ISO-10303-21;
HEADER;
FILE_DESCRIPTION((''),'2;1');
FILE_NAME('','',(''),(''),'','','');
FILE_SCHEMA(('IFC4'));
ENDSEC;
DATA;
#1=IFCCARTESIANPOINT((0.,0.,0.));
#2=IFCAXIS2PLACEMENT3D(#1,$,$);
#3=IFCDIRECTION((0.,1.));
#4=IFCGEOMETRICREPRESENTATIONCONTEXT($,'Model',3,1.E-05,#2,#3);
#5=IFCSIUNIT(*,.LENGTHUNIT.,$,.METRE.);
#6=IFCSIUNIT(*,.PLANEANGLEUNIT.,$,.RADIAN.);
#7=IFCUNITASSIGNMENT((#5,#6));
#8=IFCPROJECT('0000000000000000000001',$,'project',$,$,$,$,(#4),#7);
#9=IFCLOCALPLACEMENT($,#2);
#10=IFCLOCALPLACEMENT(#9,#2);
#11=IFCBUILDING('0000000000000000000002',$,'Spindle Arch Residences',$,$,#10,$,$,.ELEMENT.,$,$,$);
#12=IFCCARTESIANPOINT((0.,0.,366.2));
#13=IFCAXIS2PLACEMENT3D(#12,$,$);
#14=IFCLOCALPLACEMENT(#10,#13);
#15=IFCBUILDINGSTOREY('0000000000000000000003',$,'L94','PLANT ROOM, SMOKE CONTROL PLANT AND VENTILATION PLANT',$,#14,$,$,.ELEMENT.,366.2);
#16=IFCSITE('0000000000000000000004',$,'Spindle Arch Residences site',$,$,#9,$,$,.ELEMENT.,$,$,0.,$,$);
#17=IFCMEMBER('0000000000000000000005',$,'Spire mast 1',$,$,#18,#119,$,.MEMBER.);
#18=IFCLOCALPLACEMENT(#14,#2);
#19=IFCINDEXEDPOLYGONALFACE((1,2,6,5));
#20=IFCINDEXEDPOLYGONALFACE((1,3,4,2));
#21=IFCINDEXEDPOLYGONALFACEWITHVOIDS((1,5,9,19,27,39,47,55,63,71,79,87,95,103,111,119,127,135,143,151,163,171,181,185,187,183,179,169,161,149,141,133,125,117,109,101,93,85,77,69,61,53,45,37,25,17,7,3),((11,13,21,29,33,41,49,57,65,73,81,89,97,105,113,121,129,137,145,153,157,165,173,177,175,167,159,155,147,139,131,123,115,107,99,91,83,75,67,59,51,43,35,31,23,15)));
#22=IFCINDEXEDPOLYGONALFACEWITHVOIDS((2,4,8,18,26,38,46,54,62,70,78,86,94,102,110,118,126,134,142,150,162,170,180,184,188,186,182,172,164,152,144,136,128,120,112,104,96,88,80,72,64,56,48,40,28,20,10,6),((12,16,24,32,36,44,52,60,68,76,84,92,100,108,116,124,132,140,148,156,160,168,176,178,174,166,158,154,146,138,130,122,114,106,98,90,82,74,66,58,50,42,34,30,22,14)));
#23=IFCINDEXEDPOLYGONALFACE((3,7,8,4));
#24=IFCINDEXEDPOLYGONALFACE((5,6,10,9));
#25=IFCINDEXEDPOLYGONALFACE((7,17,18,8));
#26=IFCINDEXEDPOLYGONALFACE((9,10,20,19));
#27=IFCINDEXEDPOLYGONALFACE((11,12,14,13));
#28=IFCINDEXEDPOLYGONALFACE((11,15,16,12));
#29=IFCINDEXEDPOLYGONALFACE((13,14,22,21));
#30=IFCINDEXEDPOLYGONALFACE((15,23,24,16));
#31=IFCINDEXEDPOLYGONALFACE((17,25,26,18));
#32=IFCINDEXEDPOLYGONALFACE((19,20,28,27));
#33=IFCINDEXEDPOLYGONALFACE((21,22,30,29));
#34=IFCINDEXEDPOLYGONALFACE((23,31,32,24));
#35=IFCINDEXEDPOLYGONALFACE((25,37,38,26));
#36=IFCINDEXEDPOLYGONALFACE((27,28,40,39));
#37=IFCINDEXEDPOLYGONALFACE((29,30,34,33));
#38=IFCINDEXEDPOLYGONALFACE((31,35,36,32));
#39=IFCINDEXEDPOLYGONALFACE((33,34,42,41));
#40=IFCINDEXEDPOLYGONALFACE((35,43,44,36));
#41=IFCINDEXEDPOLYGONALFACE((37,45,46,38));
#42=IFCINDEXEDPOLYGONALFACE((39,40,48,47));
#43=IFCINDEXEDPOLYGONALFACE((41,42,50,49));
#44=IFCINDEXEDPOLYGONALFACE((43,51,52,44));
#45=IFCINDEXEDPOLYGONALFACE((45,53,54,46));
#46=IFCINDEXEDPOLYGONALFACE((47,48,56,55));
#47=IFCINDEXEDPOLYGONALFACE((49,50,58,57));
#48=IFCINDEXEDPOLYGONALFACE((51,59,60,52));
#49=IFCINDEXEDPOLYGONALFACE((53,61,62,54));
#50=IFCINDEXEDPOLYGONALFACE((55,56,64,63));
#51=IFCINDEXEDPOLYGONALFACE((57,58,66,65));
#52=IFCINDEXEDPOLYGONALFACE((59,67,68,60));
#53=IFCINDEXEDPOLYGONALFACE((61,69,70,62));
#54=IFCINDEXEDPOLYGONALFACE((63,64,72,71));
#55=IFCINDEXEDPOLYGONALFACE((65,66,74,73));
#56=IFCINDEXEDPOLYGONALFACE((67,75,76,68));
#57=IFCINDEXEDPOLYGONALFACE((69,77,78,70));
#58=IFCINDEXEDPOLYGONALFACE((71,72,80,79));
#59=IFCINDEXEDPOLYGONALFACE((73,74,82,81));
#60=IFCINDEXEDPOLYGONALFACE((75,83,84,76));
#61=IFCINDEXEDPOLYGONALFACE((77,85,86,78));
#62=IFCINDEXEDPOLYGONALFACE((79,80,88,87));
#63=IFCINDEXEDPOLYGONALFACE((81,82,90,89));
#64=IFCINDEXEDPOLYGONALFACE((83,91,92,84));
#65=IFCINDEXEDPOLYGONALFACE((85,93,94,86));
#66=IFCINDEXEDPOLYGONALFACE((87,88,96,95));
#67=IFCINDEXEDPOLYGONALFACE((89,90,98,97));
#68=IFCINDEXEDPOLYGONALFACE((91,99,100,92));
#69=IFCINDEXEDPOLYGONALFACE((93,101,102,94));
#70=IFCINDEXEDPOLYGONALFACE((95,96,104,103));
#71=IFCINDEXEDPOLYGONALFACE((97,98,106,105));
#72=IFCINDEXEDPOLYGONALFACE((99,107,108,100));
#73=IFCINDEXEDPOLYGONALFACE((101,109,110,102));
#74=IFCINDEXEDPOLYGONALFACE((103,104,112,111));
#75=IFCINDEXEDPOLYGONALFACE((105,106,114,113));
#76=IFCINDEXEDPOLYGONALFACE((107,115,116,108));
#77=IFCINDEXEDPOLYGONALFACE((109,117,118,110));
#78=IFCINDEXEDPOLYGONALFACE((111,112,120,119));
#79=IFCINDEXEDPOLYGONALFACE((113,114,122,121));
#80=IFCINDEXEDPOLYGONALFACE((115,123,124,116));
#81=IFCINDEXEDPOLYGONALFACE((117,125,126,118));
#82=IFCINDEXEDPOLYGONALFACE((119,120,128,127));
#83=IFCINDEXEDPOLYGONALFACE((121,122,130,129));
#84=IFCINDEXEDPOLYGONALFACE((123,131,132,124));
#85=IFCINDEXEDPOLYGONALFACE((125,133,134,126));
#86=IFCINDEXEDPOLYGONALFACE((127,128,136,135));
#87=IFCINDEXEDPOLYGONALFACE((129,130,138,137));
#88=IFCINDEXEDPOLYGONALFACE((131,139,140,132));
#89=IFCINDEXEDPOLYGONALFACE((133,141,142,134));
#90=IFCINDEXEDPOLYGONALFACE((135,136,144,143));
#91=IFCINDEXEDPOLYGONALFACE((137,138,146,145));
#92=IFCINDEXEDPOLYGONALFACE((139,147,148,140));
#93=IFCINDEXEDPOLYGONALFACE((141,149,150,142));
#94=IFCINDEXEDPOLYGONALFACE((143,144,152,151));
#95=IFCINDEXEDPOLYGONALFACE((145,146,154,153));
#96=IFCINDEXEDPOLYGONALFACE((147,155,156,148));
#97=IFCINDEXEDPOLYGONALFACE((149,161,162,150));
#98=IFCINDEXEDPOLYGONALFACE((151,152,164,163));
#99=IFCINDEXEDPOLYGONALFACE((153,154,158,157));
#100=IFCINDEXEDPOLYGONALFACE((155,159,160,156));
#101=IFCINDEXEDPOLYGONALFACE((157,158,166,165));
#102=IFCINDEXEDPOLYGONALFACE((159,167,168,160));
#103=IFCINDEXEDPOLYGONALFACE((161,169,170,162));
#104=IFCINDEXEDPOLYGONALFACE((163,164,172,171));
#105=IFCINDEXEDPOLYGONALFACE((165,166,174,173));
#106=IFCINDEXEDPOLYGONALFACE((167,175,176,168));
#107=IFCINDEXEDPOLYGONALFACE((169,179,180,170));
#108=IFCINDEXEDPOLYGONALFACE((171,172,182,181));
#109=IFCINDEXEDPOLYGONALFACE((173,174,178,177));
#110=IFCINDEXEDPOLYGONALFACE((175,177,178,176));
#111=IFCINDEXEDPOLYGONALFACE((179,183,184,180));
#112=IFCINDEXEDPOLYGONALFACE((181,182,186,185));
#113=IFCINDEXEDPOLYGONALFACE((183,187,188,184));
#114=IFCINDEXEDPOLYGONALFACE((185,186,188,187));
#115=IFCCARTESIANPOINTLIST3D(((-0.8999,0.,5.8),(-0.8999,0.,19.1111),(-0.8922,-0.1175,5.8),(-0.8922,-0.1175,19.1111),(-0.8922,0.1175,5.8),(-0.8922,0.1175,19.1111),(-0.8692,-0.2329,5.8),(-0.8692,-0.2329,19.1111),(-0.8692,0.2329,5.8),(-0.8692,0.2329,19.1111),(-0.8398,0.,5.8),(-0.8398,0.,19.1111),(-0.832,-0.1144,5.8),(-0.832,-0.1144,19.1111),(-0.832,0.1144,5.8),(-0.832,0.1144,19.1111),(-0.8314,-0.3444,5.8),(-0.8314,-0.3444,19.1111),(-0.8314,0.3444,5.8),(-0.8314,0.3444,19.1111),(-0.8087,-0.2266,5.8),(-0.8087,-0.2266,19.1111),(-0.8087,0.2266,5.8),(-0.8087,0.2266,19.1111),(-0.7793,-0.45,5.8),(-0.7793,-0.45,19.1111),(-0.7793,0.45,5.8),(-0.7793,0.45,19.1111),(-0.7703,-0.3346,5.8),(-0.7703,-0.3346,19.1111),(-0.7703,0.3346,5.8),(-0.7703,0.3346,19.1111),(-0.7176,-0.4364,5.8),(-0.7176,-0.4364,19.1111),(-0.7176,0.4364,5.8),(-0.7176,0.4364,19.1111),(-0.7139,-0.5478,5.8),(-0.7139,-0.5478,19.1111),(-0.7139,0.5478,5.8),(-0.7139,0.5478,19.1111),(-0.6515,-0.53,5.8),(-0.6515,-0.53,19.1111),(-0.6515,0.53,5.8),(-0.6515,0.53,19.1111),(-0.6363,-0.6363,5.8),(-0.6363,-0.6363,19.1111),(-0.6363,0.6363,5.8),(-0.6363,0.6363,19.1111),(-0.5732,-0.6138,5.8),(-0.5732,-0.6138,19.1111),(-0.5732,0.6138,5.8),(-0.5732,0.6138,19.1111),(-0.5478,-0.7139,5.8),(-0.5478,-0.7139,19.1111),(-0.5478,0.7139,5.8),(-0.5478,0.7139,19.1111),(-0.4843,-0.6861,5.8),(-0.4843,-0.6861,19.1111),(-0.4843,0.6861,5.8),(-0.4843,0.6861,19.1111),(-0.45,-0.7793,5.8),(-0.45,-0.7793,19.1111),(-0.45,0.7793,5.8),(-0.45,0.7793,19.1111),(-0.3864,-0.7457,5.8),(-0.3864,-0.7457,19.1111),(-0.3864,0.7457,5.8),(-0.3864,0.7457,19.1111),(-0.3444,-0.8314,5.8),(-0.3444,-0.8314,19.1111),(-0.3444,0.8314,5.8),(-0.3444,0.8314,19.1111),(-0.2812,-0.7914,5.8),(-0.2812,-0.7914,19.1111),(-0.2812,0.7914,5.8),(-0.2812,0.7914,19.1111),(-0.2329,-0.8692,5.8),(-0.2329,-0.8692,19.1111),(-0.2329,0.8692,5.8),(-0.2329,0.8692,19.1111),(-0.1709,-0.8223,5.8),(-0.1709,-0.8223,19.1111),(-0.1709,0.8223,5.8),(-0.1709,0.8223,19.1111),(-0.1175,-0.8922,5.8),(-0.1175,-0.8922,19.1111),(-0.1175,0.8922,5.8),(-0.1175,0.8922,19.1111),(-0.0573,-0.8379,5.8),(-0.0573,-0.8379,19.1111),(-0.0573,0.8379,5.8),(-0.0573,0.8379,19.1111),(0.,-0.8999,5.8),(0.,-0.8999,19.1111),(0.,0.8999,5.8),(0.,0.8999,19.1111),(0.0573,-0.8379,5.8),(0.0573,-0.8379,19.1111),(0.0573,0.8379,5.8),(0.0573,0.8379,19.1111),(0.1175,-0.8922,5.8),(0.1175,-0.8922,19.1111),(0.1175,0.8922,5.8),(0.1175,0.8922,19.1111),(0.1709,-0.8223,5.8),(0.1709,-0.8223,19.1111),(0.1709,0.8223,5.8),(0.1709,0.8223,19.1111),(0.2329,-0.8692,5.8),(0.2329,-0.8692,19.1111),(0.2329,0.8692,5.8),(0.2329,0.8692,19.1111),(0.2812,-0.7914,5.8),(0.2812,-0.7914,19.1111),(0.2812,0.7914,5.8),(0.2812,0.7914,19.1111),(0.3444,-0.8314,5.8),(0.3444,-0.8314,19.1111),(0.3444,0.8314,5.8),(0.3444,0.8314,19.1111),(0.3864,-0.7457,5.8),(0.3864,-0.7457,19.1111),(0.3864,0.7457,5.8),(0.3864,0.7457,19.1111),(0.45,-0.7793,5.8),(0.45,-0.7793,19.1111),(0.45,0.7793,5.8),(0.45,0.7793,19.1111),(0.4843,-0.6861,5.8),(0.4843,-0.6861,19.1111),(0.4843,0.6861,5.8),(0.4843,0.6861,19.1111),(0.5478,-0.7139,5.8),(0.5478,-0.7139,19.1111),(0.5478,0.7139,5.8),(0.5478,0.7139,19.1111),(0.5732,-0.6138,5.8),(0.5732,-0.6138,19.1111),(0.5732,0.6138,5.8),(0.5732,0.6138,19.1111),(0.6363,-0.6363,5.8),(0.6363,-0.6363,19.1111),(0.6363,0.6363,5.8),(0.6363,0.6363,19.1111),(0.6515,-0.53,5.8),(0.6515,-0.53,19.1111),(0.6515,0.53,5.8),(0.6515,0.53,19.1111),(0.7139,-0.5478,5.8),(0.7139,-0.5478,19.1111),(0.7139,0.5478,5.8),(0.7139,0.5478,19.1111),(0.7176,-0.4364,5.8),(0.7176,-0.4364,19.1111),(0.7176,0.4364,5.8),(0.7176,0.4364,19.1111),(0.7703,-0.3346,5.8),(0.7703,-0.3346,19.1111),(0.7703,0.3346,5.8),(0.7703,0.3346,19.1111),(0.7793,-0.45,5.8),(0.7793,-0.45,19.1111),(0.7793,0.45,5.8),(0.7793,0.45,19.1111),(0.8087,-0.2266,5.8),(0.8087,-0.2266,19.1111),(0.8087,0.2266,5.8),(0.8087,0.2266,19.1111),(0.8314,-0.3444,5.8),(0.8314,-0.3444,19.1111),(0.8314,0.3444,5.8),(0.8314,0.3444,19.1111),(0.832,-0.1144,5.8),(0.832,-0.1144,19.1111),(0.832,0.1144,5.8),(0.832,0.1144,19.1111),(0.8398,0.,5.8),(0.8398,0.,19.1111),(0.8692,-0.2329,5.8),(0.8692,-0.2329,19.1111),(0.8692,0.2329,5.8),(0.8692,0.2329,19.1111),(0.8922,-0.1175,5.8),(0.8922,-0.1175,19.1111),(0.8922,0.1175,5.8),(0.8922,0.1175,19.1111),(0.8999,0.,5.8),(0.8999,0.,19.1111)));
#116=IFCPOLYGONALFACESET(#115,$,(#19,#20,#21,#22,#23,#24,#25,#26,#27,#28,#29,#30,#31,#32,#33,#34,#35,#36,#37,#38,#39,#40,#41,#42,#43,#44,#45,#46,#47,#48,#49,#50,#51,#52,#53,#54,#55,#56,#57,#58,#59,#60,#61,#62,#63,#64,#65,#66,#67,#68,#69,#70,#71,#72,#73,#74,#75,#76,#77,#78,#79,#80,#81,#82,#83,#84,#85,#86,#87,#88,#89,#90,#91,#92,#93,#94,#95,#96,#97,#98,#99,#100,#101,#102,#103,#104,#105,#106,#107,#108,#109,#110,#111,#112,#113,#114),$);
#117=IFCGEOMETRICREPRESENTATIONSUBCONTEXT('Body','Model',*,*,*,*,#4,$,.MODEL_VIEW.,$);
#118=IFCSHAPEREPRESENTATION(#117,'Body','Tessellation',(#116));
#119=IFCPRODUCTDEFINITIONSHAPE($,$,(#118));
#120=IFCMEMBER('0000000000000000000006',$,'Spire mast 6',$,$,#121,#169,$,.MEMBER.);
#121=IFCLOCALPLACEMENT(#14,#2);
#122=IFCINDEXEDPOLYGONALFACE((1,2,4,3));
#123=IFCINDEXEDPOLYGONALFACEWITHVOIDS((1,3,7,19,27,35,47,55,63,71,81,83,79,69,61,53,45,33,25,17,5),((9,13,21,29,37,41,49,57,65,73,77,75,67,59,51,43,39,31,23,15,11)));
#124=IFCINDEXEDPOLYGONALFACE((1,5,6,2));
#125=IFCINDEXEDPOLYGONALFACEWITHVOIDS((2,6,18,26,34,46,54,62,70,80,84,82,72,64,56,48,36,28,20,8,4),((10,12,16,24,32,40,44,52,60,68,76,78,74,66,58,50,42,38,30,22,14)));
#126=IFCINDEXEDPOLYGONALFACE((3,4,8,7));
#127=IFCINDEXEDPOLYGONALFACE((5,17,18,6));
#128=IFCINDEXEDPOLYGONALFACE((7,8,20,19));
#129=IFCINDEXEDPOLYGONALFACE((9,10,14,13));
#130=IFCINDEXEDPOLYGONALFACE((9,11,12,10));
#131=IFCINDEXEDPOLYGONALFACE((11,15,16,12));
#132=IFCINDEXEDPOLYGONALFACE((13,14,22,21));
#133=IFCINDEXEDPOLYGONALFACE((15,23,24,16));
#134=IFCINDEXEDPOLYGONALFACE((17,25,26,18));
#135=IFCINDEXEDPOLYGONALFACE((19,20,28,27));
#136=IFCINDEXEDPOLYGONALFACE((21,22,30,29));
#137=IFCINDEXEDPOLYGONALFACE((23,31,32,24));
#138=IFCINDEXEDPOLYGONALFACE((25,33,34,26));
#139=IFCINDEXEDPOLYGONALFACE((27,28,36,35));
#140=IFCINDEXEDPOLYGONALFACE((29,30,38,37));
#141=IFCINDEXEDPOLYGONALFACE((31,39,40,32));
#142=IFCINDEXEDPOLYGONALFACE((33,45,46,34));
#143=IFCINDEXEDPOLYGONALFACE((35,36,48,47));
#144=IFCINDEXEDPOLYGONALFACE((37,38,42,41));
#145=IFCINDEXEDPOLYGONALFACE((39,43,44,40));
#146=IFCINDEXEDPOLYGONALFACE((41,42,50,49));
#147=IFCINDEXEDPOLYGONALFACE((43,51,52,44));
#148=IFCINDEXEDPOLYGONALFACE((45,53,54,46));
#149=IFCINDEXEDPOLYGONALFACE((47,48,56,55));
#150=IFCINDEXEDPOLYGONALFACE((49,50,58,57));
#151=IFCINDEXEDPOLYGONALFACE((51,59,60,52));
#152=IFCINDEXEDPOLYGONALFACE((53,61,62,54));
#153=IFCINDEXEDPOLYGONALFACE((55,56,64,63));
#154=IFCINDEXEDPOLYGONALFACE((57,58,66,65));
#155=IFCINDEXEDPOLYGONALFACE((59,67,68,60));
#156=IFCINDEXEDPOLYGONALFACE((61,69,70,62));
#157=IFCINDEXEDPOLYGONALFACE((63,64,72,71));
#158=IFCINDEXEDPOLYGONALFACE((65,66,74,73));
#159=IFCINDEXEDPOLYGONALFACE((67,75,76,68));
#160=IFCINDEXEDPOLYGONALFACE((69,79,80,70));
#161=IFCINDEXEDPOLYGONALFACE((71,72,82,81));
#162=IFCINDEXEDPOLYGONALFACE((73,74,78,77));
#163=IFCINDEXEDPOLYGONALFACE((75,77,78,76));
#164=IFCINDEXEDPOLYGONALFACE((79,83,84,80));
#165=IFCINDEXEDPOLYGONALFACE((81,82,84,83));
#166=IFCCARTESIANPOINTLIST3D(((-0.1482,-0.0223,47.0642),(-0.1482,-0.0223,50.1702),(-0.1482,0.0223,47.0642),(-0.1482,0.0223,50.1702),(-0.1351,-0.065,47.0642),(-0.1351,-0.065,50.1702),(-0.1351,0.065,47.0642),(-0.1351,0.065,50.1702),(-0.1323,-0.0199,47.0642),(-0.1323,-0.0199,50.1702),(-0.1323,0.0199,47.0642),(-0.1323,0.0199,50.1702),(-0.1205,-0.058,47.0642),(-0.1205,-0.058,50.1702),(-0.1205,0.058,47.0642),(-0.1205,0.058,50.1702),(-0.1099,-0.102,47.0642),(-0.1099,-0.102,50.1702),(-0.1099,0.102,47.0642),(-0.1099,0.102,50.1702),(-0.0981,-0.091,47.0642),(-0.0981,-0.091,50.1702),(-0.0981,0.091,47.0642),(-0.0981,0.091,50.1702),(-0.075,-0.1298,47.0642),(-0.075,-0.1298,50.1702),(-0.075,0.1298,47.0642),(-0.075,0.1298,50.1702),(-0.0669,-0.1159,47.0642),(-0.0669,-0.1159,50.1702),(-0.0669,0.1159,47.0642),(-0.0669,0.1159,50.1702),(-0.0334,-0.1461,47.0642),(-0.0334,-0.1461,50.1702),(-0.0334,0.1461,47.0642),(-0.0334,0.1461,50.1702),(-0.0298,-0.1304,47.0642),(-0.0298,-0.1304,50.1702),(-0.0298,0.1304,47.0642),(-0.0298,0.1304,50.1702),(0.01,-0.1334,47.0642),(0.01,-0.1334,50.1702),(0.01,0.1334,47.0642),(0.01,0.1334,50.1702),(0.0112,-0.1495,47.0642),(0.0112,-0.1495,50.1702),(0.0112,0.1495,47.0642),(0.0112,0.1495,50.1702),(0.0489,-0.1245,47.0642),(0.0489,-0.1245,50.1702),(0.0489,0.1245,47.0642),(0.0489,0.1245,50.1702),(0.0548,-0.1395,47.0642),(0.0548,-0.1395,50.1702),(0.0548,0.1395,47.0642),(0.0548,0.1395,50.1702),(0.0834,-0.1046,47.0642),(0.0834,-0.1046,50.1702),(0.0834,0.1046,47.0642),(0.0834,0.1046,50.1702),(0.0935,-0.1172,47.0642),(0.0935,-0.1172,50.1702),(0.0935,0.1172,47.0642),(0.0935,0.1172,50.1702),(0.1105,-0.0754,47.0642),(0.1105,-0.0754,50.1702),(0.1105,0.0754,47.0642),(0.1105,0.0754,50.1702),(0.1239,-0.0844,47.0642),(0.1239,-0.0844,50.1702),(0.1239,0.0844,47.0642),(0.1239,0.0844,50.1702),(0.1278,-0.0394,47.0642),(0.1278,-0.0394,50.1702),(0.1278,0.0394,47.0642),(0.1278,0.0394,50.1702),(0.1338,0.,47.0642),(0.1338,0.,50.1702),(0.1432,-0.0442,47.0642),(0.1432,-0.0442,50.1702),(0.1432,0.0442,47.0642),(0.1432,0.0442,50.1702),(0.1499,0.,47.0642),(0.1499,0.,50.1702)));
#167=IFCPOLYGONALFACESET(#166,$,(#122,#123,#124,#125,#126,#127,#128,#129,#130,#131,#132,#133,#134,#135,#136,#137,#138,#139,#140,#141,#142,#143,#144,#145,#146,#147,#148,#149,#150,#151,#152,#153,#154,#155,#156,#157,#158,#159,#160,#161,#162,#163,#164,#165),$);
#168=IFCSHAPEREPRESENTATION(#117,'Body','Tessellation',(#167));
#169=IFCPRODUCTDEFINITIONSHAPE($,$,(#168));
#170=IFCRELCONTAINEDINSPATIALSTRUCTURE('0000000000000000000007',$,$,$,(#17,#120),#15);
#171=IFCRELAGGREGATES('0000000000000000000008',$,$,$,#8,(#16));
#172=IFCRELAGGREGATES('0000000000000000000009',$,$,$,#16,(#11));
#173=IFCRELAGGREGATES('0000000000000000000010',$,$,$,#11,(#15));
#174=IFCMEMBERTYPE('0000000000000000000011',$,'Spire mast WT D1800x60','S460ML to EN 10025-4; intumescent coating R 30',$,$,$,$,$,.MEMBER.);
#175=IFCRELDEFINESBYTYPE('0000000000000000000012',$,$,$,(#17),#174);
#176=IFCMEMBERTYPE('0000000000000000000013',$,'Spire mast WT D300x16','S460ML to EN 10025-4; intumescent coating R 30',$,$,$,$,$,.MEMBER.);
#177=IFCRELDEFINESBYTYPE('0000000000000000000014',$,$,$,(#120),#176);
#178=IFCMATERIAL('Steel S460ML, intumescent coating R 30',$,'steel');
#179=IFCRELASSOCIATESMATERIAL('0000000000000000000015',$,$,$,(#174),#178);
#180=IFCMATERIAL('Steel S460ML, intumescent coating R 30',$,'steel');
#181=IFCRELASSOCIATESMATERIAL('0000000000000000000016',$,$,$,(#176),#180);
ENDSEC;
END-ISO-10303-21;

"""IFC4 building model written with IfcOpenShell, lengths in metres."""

from ifc_helpers import new_model, si_unit, direction, frame, origin, origin_2d, place, context, subcontext, project, spatial, hollow_circle, extrude, material, material_profile, profile_set, type_object, element, save


model = new_model("IFC4")

# Units and contexts
model_context = context("Model", 3, precision=1e-05, world=origin(), true_north=direction((0.0, 1.0)))
body_context = subcontext(model_context, "Body", "Model", "MODEL_VIEW")
ifc_project = project(units=[si_unit("LENGTHUNIT", "METRE"), si_unit("PLANEANGLEUNIT", "RADIAN")], contexts=[model_context])

# Site, building, storey
site_placement = place(None, origin())
site = spatial("IfcSite", under=ifc_project, at=site_placement, Name="Spindle Arch Residences site", CompositionType="ELEMENT", RefElevation=0.0)
building_placement = place(site_placement, origin())
building = spatial("IfcBuilding", under=site, at=building_placement, Name="Spindle Arch Residences", CompositionType="ELEMENT")
storey_placement = place(building_placement, frame((0.0, 0.0, 366.2)))
storey = spatial("IfcBuildingStorey", under=building, at=storey_placement, Name="L94", Description="PLANT ROOM, SMOKE CONTROL PLANT AND VENTILATION PLANT", CompositionType="ELEMENT", Elevation=366.2)

# Members
ifc_material_1 = material(Name="Steel S460ML, intumescent coating R 30", Category="steel")
ifc_material_profile_1 = material_profile(ifc_material_1, hollow_circle(Radius=0.8999, WallThickness=0.0601, at=origin_2d()), Name="WT D1800x60")
ifc_profile_set_1 = profile_set([ifc_material_profile_1], Name="Steel S460ML, intumescent coating R 30")
member_type_1 = type_object("IfcMemberType", Name="Spire mast WT D1800x60", Description="S460ML to EN 10025-4; intumescent coating R 30", PredefinedType="MEMBER", material=ifc_profile_set_1)
member_1_placement = place(storey_placement, frame((0.0, 0.0, 5.8), z_axis=(0.0, 0.0, 1.0), x_axis=(1.0, 0.0, 0.0)))
element("IfcMember", 1, at=member_1_placement, inside=storey, type_object=member_type_1, Name="Spire mast 1", PredefinedType="MEMBER", context=body_context, shape_type="SweptSolid", body=[
    extrude(hollow_circle(Radius=0.8999, WallThickness=0.0601, at=origin_2d()), origin(), (0.0, 0.0, 1.0), 13.311),
])
ifc_material_2 = material(Name="Steel S460ML, intumescent coating R 30", Category="steel")
ifc_material_profile_2 = material_profile(ifc_material_2, hollow_circle(Radius=0.1499, WallThickness=0.0161, at=origin_2d()), Name="WT D300x16")
ifc_profile_set_2 = profile_set([ifc_material_profile_2], Name="Steel S460ML, intumescent coating R 30")
member_type_2 = type_object("IfcMemberType", Name="Spire mast WT D300x16", Description="S460ML to EN 10025-4; intumescent coating R 30", PredefinedType="MEMBER", material=ifc_profile_set_2)
member_2_placement = place(storey_placement, frame((0.0, 0.0, 47.0642), z_axis=(0.0, 0.0, 1.0), x_axis=(1.0, 0.0, 0.0)))
element("IfcMember", 2, at=member_2_placement, inside=storey, type_object=member_type_2, Name="Spire mast 6", PredefinedType="MEMBER", context=body_context, shape_type="SweptSolid", body=[
    extrude(hollow_circle(Radius=0.1499, WallThickness=0.0161, at=origin_2d()), origin(), (0.0, 0.0, 1.0), 3.106),
])

save(model, "model.ifc")
